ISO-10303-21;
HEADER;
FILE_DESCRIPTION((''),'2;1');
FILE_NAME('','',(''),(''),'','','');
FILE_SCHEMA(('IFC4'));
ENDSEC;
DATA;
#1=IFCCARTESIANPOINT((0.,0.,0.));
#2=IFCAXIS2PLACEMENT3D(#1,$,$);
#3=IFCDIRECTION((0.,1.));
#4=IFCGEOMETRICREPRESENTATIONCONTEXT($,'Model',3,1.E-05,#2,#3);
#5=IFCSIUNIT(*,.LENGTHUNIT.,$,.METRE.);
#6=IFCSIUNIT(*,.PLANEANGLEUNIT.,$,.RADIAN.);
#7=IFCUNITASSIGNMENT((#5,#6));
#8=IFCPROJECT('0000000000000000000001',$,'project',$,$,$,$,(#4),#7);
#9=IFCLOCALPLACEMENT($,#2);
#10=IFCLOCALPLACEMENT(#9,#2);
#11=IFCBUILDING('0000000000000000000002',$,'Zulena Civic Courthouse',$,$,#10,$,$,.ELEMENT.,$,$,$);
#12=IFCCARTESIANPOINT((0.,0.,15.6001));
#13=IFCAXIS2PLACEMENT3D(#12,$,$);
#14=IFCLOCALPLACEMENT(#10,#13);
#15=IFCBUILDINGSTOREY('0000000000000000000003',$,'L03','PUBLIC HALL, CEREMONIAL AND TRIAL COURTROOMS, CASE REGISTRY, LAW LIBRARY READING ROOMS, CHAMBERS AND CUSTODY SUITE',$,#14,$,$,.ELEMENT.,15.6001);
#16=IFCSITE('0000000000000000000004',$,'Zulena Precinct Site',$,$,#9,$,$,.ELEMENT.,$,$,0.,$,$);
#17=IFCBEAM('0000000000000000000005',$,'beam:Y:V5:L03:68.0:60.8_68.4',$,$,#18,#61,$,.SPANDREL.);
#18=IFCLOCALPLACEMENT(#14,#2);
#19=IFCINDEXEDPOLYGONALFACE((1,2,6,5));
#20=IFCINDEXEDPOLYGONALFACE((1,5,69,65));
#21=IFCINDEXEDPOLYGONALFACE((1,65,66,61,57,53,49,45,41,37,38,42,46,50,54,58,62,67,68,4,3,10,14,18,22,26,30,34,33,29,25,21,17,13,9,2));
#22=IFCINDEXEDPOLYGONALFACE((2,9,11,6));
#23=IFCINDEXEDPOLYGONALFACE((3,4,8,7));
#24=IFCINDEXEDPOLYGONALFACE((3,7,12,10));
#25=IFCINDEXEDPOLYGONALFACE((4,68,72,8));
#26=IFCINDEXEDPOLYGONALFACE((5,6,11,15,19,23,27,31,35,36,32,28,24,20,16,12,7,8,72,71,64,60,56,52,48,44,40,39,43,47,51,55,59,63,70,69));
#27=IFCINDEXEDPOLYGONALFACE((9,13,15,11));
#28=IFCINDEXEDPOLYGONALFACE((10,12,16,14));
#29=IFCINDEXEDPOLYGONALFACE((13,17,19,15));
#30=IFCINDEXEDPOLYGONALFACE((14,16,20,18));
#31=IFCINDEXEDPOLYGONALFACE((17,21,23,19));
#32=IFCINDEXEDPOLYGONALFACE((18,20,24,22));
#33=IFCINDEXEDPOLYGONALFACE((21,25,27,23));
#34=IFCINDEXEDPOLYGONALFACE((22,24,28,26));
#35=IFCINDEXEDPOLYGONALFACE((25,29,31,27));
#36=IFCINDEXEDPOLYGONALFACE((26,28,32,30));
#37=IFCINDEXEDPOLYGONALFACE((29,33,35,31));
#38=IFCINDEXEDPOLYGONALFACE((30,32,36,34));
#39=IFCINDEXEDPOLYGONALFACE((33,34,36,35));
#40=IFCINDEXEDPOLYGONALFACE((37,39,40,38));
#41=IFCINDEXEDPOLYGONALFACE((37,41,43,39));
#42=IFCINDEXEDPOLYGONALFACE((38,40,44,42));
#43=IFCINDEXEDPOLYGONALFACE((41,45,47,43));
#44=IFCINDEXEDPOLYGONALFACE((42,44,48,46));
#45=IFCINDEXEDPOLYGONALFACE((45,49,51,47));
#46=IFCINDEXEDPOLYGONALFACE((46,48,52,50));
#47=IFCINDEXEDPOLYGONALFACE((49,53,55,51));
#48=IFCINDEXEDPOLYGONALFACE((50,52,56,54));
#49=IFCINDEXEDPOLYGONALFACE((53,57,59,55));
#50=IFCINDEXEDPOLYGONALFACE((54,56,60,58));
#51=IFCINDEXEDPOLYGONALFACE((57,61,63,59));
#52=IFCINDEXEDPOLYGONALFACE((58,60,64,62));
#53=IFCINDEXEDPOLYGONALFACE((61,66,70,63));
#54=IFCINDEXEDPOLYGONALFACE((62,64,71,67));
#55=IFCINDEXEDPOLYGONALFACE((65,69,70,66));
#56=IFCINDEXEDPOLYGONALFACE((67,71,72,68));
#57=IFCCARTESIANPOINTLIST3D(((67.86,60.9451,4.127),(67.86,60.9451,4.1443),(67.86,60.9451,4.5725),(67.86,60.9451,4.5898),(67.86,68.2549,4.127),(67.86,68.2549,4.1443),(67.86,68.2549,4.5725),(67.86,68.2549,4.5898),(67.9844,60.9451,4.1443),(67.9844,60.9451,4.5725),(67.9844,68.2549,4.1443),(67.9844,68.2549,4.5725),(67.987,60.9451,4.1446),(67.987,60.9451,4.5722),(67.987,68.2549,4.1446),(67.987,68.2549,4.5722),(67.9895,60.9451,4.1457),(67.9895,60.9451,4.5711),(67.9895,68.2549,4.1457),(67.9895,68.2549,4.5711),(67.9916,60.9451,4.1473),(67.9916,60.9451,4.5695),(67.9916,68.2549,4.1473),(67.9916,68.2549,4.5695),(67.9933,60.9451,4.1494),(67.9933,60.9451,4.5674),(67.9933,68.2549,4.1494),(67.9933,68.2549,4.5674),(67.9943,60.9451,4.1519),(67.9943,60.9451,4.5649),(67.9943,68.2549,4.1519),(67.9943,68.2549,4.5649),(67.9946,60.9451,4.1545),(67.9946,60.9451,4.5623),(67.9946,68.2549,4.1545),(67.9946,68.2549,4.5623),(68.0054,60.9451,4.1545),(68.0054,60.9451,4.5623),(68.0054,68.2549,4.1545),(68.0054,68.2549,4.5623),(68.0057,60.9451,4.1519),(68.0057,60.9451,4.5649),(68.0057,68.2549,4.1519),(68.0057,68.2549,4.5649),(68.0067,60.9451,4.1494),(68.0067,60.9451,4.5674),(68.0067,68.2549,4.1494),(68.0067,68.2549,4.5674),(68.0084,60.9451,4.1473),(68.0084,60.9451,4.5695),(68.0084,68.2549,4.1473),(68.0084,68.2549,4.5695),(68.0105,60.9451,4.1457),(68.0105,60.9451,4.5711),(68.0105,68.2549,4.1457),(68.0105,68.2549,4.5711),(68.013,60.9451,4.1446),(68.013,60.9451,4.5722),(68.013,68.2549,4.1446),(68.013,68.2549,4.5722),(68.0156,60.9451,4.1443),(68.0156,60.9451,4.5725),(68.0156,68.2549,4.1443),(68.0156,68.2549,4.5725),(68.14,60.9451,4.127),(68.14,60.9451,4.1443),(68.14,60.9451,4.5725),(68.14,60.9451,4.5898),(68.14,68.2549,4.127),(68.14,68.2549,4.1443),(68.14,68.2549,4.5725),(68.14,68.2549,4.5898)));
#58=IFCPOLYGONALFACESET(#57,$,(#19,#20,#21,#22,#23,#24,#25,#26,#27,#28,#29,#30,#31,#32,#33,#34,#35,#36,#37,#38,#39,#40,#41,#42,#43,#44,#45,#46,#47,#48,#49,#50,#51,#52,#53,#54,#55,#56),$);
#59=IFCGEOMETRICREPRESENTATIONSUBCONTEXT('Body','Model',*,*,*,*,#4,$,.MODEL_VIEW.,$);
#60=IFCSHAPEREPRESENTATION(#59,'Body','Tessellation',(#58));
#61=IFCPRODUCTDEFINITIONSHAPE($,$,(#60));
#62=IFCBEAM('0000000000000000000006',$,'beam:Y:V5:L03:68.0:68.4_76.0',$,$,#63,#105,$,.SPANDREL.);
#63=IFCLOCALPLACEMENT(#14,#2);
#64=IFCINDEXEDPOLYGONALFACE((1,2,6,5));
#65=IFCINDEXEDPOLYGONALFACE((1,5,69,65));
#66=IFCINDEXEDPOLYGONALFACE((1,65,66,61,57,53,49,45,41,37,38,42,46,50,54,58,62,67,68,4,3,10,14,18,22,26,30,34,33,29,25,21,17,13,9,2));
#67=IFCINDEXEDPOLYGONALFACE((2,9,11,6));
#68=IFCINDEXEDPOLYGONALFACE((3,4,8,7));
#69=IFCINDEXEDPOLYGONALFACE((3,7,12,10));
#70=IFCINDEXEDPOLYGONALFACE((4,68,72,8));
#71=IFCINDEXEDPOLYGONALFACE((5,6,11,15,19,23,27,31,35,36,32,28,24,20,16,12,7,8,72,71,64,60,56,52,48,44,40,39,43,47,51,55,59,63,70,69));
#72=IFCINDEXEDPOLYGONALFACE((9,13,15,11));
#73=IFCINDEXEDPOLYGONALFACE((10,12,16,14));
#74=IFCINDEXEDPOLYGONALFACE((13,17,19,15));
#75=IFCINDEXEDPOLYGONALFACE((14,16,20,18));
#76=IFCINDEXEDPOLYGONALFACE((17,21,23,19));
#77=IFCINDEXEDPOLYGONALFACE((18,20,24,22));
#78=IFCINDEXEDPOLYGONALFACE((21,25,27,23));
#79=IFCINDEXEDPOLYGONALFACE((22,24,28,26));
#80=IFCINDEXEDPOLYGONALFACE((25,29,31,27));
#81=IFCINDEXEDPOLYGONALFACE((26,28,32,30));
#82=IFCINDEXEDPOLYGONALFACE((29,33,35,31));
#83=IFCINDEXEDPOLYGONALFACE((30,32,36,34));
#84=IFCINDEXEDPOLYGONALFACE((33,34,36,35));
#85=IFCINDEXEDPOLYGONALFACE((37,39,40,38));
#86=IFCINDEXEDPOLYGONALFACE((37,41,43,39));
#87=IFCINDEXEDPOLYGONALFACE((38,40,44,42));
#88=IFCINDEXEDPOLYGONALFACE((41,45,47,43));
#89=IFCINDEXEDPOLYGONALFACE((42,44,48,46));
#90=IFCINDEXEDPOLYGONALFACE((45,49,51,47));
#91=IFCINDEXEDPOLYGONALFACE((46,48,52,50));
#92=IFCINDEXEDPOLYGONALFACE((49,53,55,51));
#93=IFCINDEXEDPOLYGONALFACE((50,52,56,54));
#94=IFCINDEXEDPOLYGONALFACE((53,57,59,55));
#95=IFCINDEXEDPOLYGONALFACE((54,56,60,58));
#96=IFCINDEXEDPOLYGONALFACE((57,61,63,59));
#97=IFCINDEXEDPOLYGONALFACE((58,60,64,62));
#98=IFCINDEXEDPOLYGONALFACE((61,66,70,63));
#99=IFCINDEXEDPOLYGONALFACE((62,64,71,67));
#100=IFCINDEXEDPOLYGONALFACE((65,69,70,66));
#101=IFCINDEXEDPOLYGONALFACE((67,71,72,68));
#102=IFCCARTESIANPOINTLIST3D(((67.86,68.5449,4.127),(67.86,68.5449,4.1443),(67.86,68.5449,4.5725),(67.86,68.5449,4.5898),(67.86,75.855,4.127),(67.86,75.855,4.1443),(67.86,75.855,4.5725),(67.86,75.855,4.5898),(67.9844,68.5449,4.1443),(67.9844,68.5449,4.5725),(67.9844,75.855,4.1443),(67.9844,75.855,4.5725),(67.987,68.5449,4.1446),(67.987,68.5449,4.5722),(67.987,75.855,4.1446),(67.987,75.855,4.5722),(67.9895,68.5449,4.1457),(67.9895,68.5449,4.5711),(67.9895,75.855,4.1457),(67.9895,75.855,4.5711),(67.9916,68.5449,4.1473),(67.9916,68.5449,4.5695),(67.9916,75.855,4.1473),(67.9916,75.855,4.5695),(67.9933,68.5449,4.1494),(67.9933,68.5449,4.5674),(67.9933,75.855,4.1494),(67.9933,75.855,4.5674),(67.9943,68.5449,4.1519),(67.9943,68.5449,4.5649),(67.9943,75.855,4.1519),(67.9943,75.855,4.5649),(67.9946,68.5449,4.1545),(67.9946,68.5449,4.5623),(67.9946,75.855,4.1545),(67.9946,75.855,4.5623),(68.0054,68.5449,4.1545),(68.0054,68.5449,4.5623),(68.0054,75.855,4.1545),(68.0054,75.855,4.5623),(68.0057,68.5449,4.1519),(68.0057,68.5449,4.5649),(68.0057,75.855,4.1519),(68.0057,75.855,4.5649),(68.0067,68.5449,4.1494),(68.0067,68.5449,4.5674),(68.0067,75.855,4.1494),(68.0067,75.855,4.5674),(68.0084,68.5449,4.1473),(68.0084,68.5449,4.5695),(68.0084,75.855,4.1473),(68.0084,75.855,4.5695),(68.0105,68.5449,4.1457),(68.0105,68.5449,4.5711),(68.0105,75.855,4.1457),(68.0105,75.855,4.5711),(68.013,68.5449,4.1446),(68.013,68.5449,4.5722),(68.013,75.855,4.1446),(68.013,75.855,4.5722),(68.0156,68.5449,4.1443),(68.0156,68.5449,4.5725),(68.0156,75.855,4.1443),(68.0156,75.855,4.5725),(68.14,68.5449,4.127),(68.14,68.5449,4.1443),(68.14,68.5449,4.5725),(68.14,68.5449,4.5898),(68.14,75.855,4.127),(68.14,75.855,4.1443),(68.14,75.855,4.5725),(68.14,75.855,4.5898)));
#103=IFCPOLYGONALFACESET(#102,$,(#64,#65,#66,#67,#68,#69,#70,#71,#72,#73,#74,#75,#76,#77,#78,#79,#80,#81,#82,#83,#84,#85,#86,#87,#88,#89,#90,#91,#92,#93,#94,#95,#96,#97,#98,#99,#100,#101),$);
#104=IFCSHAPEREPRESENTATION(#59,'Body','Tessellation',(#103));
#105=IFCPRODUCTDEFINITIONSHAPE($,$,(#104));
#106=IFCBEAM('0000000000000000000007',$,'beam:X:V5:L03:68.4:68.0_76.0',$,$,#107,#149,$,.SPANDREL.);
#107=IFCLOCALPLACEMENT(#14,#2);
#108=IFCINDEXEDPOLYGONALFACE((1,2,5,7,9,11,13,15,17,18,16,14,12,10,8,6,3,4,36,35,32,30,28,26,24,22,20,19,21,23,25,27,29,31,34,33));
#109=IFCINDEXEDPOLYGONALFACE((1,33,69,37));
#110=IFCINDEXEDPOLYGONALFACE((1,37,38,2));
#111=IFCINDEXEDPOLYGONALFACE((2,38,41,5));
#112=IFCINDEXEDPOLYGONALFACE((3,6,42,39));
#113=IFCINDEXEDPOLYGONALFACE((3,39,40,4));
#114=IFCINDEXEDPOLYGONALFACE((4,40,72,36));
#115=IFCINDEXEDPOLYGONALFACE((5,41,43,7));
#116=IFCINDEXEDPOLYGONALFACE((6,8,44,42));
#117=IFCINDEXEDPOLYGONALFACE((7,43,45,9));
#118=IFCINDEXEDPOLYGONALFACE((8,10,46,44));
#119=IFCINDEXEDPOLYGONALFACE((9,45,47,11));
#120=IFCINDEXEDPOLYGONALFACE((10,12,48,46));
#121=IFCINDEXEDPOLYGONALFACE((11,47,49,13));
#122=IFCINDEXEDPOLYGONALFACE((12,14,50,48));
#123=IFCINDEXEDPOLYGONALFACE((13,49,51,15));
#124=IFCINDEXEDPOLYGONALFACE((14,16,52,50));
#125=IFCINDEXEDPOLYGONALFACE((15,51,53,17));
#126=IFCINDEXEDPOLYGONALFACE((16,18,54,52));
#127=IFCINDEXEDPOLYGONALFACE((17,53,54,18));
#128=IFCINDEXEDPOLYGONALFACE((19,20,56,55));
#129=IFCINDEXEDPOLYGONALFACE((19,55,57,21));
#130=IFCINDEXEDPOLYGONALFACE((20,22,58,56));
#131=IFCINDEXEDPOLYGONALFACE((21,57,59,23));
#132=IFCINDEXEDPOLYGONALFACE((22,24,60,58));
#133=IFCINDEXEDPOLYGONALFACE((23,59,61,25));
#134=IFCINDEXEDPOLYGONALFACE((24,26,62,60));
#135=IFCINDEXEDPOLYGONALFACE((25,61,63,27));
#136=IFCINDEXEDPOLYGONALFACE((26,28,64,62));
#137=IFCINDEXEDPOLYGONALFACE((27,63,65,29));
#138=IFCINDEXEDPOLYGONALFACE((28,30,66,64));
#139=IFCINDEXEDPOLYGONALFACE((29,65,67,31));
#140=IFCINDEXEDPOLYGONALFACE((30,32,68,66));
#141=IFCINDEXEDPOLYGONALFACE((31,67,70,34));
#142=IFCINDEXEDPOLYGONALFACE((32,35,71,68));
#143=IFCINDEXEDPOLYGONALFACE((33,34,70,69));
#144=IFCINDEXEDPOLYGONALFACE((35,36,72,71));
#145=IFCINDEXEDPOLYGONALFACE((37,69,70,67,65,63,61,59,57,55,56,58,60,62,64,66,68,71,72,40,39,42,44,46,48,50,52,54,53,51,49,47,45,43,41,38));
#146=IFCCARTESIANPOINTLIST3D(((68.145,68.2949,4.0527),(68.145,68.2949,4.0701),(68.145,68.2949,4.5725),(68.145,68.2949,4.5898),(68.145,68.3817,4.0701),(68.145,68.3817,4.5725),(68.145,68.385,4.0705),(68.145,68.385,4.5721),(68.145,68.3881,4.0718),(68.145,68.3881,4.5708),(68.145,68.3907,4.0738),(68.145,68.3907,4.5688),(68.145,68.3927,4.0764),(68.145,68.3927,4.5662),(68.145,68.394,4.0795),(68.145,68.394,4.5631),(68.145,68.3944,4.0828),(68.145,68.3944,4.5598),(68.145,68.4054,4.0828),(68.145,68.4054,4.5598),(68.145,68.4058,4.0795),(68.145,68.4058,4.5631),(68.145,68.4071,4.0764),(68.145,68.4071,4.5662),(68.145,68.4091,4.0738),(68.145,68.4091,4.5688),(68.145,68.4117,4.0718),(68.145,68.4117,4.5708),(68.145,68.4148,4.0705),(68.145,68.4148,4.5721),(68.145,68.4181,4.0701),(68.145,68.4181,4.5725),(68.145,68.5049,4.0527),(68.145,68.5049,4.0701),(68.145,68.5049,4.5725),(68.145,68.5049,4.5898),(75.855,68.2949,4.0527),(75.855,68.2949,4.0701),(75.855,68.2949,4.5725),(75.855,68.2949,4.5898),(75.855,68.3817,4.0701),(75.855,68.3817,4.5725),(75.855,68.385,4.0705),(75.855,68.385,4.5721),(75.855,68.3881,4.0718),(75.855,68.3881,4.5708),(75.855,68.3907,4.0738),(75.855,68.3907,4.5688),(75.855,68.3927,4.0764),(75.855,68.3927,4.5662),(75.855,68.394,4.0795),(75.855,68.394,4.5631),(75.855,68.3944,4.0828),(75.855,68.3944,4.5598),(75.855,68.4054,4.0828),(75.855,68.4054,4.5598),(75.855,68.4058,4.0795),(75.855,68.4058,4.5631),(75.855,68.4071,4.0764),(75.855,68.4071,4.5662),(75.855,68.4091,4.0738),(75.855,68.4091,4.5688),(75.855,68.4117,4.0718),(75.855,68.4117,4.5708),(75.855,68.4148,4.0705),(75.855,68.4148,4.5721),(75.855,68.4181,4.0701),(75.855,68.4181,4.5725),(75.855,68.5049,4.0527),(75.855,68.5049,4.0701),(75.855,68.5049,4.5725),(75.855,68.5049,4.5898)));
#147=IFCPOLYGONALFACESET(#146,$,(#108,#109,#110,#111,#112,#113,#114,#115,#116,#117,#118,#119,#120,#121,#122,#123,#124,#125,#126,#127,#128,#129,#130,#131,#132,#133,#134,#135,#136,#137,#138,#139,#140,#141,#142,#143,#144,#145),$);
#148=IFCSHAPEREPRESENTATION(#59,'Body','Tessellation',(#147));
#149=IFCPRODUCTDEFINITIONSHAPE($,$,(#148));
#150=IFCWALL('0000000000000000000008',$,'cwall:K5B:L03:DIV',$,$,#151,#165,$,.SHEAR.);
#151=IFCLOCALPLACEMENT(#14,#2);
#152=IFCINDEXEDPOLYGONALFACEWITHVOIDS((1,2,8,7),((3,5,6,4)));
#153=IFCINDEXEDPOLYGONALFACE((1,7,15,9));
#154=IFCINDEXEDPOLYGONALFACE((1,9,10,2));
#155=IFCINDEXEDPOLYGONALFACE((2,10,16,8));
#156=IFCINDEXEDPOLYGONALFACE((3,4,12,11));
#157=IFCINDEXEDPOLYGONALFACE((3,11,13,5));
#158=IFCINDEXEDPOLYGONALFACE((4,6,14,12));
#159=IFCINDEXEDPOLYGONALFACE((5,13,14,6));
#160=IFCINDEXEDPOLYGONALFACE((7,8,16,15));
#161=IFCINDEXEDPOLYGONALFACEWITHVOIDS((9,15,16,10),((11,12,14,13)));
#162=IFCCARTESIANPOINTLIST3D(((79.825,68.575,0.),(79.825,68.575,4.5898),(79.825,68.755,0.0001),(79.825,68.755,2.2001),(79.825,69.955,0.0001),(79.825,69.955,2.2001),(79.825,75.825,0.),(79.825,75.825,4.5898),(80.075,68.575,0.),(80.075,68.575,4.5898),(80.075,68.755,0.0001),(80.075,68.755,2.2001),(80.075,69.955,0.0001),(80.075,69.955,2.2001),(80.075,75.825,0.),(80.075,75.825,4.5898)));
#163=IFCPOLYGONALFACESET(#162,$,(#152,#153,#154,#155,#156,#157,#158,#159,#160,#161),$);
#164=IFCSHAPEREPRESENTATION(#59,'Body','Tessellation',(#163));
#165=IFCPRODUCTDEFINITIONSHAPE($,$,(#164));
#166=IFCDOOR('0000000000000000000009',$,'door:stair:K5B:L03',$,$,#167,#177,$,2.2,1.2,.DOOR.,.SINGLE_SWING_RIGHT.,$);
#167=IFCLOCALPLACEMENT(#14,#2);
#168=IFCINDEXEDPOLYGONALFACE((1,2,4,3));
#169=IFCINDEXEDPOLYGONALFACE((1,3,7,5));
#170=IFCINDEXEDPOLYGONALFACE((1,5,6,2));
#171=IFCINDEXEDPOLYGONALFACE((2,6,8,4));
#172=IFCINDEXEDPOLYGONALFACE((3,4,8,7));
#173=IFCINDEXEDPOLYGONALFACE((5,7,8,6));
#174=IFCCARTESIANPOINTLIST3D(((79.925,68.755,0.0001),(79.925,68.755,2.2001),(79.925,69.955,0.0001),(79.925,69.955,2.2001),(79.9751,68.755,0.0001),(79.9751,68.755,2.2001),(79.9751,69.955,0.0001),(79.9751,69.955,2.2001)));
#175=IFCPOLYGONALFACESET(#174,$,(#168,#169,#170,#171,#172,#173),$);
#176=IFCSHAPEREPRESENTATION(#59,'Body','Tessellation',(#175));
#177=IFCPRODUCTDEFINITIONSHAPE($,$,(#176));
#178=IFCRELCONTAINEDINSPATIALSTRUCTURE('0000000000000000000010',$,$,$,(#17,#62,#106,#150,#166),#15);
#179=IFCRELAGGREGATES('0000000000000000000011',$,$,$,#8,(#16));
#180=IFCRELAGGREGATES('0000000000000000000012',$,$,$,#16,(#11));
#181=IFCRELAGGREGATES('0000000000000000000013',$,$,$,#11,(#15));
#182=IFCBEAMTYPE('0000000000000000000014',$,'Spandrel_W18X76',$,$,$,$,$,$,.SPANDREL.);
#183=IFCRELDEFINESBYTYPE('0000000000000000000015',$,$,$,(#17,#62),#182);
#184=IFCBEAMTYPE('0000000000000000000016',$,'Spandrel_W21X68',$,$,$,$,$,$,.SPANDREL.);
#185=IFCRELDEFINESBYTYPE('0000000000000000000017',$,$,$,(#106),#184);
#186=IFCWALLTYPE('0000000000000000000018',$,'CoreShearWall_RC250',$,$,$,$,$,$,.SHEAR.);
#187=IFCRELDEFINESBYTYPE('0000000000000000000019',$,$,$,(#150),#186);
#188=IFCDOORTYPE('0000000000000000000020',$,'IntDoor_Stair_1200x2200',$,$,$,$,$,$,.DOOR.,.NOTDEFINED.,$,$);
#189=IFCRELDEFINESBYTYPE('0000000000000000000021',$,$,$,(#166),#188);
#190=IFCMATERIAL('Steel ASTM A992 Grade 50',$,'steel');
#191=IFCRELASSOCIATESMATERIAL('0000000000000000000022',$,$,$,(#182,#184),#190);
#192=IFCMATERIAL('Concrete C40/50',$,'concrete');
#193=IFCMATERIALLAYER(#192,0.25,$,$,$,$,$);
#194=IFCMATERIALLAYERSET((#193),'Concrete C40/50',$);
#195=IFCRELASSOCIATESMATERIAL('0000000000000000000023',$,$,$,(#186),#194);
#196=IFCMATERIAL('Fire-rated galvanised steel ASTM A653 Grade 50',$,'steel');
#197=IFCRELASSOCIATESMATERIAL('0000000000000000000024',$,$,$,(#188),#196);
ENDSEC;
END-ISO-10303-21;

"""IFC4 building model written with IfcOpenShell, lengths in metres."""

from ifc_helpers import new_model, si_unit, direction, frame, frame_2d, origin, origin_2d, place, context, subcontext, project, spatial, rectangle, i_section, extrude, material, layer, layer_set, material_profile, profile_set, type_object, element, fill, save


model = new_model("IFC4")

# Units and contexts
model_context = context("Model", 3, precision=1e-05, world=origin(), true_north=direction((0.0, 1.0)))
body_context = subcontext(model_context, "Body", "Model", "MODEL_VIEW")
ifc_project = project(units=[si_unit("LENGTHUNIT", "METRE"), si_unit("PLANEANGLEUNIT", "RADIAN")], contexts=[model_context])

# Site, building, storey
site_placement = place(None, origin())
site = spatial("IfcSite", under=ifc_project, at=site_placement, Name="Zulena Precinct Site", CompositionType="ELEMENT", RefElevation=0.0)
building_placement = place(site_placement, origin())
building = spatial("IfcBuilding", under=site, at=building_placement, Name="Zulena Civic Courthouse", CompositionType="ELEMENT")
storey_placement = place(building_placement, frame((0.0, 0.0, 15.6001)))
storey = spatial("IfcBuildingStorey", under=building, at=storey_placement, Name="L03", Description="PUBLIC HALL, CEREMONIAL AND TRIAL COURTROOMS, CASE REGISTRY, LAW LIBRARY READING ROOMS, CHAMBERS AND CUSTODY SUITE", CompositionType="ELEMENT", Elevation=15.6001)

# Shared definitions
ifc_material_1 = material(Name="Steel ASTM A992 Grade 50", Category="steel")

# Beams
ifc_material_profile_1 = material_profile(ifc_material_1, i_section(OverallWidth=0.28, OverallDepth=0.4629, WebThickness=0.0107, FlangeThickness=0.0173, FilletRadius=0.0103, at=origin_2d()), Name="W18X76")
ifc_profile_set_1 = profile_set([ifc_material_profile_1], Name="Steel ASTM A992 Grade 50")
beam_type_1 = type_object("IfcBeamType", Name="Spandrel_W18X76", PredefinedType="SPANDREL", material=ifc_profile_set_1)
beam_1_placement = place(storey_placement, frame((68.0, 60.9451, 4.3584), z_axis=(0.0, 1.0, 0.0), x_axis=(-1.0, 0.0, 0.0)))
element("IfcBeam", 1, at=beam_1_placement, inside=storey, type_object=beam_type_1, Name="beam:Y:V5:L03:68.0:60.8_68.4", PredefinedType="SPANDREL", context=body_context, shape_type="SweptSolid", body=[
    extrude(i_section(OverallWidth=0.28, OverallDepth=0.4629, WebThickness=0.0107, FlangeThickness=0.0173, FilletRadius=0.0103, at=origin_2d()), origin(), (0.0, 0.0, 1.0), 7.3098),
])
beam_2_placement = place(storey_placement, frame((68.0, 68.5449, 4.3584), z_axis=(0.0, 1.0, 0.0), x_axis=(-1.0, 0.0, 0.0)))
element("IfcBeam", 2, at=beam_2_placement, inside=storey, type_object=beam_type_1, Name="beam:Y:V5:L03:68.0:68.4_76.0", PredefinedType="SPANDREL", context=body_context, shape_type="SweptSolid", body=[
    extrude(i_section(OverallWidth=0.28, OverallDepth=0.4629, WebThickness=0.0107, FlangeThickness=0.0173, FilletRadius=0.0103, at=origin_2d()), origin(), (0.0, 0.0, 1.0), 7.3101),
])
ifc_material_profile_2 = material_profile(ifc_material_1, i_section(OverallWidth=0.21, OverallDepth=0.5371, WebThickness=0.011, FlangeThickness=0.0173, FilletRadius=0.0127, at=origin_2d()), Name="W21X68")
ifc_profile_set_2 = profile_set([ifc_material_profile_2], Name="Steel ASTM A992 Grade 50")
beam_type_2 = type_object("IfcBeamType", Name="Spandrel_W21X68", PredefinedType="SPANDREL", material=ifc_profile_set_2)
beam_3_placement = place(storey_placement, frame((68.145, 68.3999, 4.3213), z_axis=(1.0, 0.0, 0.0), x_axis=(0.0, 1.0, 0.0)))
element("IfcBeam", 3, at=beam_3_placement, inside=storey, type_object=beam_type_2, Name="beam:X:V5:L03:68.4:68.0_76.0", PredefinedType="SPANDREL", context=body_context, shape_type="SweptSolid", body=[
    extrude(i_section(OverallWidth=0.21, OverallDepth=0.5371, WebThickness=0.011, FlangeThickness=0.0173, FilletRadius=0.0127, at=origin_2d()), origin(), (0.0, 0.0, 1.0), 7.71),
])

# Wall, opening, door
ifc_material_2 = material(Name="Concrete C40/50", Category="concrete")
ifc_layer_1 = layer(ifc_material_2, 0.25)
ifc_layer_set_1 = layer_set([ifc_layer_1], Name="Concrete C40/50")
wall_type_1 = type_object("IfcWallType", Name="CoreShearWall_RC250", PredefinedType="SHEAR", material=ifc_layer_set_1)
wall_1_placement = place(storey_placement, frame((79.95, 68.575, 0.0), z_axis=(0.0, 0.0, 1.0), x_axis=(0.0, 1.0, 0.0)))
wall_1 = element("IfcWall", 4, at=wall_1_placement, inside=storey, type_object=wall_type_1, Name="cwall:K5B:L03:DIV", PredefinedType="SHEAR", context=body_context, shape_type="SweptSolid", body=[
    extrude(rectangle(XDim=7.25, YDim=0.25, at=frame_2d((3.625, 0.0))), origin(), (0.0, 0.0, 1.0), 4.5898),
])
opening_1_placement = place(wall_1_placement, frame((0.1799, 0.0, 0.0)))
opening_1 = element("IfcOpeningElement", 5, at=opening_1_placement, cuts=wall_1, PredefinedType="OPENING", context=body_context, shape_type="SweptSolid", body=[
    extrude(rectangle(XDim=1.2, YDim=2.2, at=frame_2d((0.6001, 1.1001))), frame((0.0, 0.135, 0.0), z_axis=(0.0, -1.0, 0.0), x_axis=(1.0, 0.0, 0.0)), (0.0, 0.0, 1.0), 0.27),
])
ifc_material_3 = material(Name="Fire-rated galvanised steel ASTM A653 Grade 50", Category="steel")
door_type_1 = type_object("IfcDoorType", Name="IntDoor_Stair_1200x2200", OperationType="NOTDEFINED", PredefinedType="DOOR", material=ifc_material_3)
door_1_placement = place(opening_1_placement, origin())
door_1 = element("IfcDoor", 6, at=door_1_placement, inside=storey, type_object=door_type_1, Name="door:stair:K5B:L03", OperationType="SINGLE_SWING_RIGHT", OverallHeight=2.2, OverallWidth=1.2, PredefinedType="DOOR", context=body_context, shape_type="SweptSolid", body=[
    extrude(rectangle(XDim=1.2, YDim=2.2, at=frame_2d((0.6001, 1.1001))), frame((0.0, 0.0249, 0.0), z_axis=(0.0, -1.0, 0.0), x_axis=(1.0, 0.0, 0.0)), (0.0, 0.0, 1.0), 0.05),
])
fill(opening_1, door_1)

save(model, "model.ifc")
